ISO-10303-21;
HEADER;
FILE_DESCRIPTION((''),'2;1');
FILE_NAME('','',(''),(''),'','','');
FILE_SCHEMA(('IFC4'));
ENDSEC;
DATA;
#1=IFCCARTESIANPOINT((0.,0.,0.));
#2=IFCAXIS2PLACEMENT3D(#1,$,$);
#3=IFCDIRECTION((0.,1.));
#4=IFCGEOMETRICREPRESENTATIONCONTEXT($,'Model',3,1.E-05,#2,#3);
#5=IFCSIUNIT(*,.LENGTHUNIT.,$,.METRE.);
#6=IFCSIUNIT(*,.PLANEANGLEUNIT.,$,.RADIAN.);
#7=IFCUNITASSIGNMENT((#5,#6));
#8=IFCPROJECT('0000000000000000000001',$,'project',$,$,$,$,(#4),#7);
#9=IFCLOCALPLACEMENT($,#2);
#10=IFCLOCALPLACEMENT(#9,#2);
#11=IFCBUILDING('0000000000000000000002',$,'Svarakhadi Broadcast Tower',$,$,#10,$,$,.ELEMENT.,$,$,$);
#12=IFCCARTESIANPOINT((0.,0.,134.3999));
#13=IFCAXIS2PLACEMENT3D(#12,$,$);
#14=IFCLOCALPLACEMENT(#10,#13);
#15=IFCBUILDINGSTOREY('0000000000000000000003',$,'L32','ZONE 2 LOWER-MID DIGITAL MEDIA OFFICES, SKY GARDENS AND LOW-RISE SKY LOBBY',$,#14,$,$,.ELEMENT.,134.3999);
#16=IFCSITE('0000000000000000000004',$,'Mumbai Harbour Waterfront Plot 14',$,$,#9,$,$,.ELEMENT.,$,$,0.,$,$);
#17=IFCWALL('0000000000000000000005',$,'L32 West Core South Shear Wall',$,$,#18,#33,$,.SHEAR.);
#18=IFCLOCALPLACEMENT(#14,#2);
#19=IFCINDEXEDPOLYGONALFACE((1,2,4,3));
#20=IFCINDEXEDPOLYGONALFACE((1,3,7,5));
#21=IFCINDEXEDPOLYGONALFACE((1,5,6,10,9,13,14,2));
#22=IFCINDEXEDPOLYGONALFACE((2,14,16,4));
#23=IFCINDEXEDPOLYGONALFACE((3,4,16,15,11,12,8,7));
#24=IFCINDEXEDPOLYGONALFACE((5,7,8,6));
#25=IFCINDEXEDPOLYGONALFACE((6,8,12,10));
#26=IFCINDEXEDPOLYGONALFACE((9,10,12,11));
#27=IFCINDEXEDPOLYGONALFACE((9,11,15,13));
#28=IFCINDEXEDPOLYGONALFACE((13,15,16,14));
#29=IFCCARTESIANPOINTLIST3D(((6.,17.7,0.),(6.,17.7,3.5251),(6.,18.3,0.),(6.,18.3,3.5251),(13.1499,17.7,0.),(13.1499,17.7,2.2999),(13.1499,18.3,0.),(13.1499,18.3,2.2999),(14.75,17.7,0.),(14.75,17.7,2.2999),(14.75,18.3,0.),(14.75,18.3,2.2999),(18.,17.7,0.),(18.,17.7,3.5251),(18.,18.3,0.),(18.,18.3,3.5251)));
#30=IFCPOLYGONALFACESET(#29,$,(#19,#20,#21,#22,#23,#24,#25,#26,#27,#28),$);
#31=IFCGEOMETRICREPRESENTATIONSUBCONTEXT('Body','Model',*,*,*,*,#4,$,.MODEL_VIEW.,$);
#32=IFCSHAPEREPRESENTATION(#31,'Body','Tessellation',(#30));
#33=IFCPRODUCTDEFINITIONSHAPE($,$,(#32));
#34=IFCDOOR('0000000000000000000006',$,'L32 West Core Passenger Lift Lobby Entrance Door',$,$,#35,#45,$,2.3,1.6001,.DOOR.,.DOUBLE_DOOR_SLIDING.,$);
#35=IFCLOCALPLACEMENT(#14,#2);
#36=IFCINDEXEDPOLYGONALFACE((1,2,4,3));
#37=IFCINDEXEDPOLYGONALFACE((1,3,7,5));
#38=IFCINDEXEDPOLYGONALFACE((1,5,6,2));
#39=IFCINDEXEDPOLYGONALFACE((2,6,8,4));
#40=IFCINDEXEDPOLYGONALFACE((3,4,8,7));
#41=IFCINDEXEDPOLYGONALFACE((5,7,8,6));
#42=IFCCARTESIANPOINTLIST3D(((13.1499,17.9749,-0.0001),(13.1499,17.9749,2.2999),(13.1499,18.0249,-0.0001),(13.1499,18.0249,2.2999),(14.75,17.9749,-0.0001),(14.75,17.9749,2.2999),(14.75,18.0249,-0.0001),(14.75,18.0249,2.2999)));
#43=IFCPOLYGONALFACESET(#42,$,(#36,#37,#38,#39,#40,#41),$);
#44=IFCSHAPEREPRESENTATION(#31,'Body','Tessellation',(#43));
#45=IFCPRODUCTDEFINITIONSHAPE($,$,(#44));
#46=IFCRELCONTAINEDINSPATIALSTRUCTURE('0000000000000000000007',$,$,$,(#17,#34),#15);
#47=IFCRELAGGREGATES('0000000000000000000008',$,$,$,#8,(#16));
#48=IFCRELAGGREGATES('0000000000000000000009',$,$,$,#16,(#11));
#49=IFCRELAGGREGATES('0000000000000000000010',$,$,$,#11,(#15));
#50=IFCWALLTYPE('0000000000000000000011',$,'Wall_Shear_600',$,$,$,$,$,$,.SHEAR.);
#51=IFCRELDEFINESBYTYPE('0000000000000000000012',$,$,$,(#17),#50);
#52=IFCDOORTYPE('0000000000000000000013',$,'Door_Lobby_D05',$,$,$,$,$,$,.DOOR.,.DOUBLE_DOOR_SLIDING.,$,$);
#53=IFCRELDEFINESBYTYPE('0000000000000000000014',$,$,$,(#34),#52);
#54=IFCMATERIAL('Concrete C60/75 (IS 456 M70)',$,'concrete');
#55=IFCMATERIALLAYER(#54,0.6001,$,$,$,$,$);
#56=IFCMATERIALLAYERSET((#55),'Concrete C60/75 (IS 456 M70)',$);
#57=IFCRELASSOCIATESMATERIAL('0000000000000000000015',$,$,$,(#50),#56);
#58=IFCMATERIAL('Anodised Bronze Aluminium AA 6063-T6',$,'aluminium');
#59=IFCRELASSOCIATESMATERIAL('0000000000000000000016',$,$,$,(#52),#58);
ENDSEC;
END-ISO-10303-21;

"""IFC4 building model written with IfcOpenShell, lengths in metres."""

from ifc_helpers import new_model, si_unit, direction, frame, frame_2d, origin, place, context, subcontext, project, spatial, rectangle, extrude, material, layer, layer_set, type_object, element, fill, save


model = new_model("IFC4")

# Units and contexts
model_context = context("Model", 3, precision=1e-05, world=origin(), true_north=direction((0.0, 1.0)))
body_context = subcontext(model_context, "Body", "Model", "MODEL_VIEW")
ifc_project = project(units=[si_unit("LENGTHUNIT", "METRE"), si_unit("PLANEANGLEUNIT", "RADIAN")], contexts=[model_context])

# Site, building, storey
site_placement = place(None, origin())
site = spatial("IfcSite", under=ifc_project, at=site_placement, Name="Mumbai Harbour Waterfront Plot 14", CompositionType="ELEMENT", RefElevation=0.0)
building_placement = place(site_placement, origin())
building = spatial("IfcBuilding", under=site, at=building_placement, Name="Svarakhadi Broadcast Tower", CompositionType="ELEMENT")
storey_placement = place(building_placement, frame((0.0, 0.0, 134.3999)))
storey = spatial("IfcBuildingStorey", under=building, at=storey_placement, Name="L32", Description="ZONE 2 LOWER-MID DIGITAL MEDIA OFFICES, SKY GARDENS AND LOW-RISE SKY LOBBY", CompositionType="ELEMENT", Elevation=134.3999)

# Shared definitions
ifc_material_1 = material(Name="Anodised Bronze Aluminium AA 6063-T6", Category="aluminium")

# Wall, opening, door
ifc_material_2 = material(Name="Concrete C60/75 (IS 456 M70)", Category="concrete")
ifc_layer_1 = layer(ifc_material_2, 0.6001)
ifc_layer_set_1 = layer_set([ifc_layer_1], Name="Concrete C60/75 (IS 456 M70)")
wall_type_1 = type_object("IfcWallType", Name="Wall_Shear_600", PredefinedType="SHEAR", material=ifc_layer_set_1)
wall_1_placement = place(storey_placement, frame((6.0, 18.0, 0.0), z_axis=(0.0, 0.0, 1.0), x_axis=(1.0, 0.0, 0.0)))
wall_1 = element("IfcWall", 1, at=wall_1_placement, inside=storey, type_object=wall_type_1, Name="L32 West Core South Shear Wall", PredefinedType="SHEAR", context=body_context, shape_type="SweptSolid", body=[
    extrude(rectangle(XDim=12.0, YDim=0.6001, at=frame_2d((6.0, 0.0))), origin(), (0.0, 0.0, 1.0), 3.5251),
])
opening_1_placement = place(wall_1_placement, frame((7.1499, 0.0, 0.0)))
opening_1 = element("IfcOpeningElement", 2, at=opening_1_placement, cuts=wall_1, PredefinedType="OPENING", context=body_context, shape_type="SweptSolid", body=[
    extrude(rectangle(XDim=1.6001, YDim=2.3, at=frame_2d((0.8, 1.1499))), frame((0.0, 0.3101, 0.0), z_axis=(0.0, -1.0, 0.0), x_axis=(1.0, 0.0, 0.0)), (0.0, 0.0, 1.0), 0.6201),
])
door_type_1 = type_object("IfcDoorType", Name="Door_Lobby_D05", OperationType="DOUBLE_DOOR_SLIDING", PredefinedType="DOOR", material=ifc_material_1)
door_1_placement = place(opening_1_placement, origin())
door_1 = element("IfcDoor", 3, at=door_1_placement, inside=storey, type_object=door_type_1, Name="L32 West Core Passenger Lift Lobby Entrance Door", OperationType="DOUBLE_DOOR_SLIDING", OverallHeight=2.3, OverallWidth=1.6001, PredefinedType="DOOR", context=body_context, shape_type="SweptSolid", body=[
    extrude(rectangle(XDim=1.6001, YDim=2.3, at=frame_2d((0.8, 1.1499))), frame((0.0, 0.0249, 0.0), z_axis=(0.0, -1.0, 0.0), x_axis=(1.0, 0.0, 0.0)), (0.0, 0.0, 1.0), 0.05),
])
fill(opening_1, door_1)

save(model, "model.ifc")
